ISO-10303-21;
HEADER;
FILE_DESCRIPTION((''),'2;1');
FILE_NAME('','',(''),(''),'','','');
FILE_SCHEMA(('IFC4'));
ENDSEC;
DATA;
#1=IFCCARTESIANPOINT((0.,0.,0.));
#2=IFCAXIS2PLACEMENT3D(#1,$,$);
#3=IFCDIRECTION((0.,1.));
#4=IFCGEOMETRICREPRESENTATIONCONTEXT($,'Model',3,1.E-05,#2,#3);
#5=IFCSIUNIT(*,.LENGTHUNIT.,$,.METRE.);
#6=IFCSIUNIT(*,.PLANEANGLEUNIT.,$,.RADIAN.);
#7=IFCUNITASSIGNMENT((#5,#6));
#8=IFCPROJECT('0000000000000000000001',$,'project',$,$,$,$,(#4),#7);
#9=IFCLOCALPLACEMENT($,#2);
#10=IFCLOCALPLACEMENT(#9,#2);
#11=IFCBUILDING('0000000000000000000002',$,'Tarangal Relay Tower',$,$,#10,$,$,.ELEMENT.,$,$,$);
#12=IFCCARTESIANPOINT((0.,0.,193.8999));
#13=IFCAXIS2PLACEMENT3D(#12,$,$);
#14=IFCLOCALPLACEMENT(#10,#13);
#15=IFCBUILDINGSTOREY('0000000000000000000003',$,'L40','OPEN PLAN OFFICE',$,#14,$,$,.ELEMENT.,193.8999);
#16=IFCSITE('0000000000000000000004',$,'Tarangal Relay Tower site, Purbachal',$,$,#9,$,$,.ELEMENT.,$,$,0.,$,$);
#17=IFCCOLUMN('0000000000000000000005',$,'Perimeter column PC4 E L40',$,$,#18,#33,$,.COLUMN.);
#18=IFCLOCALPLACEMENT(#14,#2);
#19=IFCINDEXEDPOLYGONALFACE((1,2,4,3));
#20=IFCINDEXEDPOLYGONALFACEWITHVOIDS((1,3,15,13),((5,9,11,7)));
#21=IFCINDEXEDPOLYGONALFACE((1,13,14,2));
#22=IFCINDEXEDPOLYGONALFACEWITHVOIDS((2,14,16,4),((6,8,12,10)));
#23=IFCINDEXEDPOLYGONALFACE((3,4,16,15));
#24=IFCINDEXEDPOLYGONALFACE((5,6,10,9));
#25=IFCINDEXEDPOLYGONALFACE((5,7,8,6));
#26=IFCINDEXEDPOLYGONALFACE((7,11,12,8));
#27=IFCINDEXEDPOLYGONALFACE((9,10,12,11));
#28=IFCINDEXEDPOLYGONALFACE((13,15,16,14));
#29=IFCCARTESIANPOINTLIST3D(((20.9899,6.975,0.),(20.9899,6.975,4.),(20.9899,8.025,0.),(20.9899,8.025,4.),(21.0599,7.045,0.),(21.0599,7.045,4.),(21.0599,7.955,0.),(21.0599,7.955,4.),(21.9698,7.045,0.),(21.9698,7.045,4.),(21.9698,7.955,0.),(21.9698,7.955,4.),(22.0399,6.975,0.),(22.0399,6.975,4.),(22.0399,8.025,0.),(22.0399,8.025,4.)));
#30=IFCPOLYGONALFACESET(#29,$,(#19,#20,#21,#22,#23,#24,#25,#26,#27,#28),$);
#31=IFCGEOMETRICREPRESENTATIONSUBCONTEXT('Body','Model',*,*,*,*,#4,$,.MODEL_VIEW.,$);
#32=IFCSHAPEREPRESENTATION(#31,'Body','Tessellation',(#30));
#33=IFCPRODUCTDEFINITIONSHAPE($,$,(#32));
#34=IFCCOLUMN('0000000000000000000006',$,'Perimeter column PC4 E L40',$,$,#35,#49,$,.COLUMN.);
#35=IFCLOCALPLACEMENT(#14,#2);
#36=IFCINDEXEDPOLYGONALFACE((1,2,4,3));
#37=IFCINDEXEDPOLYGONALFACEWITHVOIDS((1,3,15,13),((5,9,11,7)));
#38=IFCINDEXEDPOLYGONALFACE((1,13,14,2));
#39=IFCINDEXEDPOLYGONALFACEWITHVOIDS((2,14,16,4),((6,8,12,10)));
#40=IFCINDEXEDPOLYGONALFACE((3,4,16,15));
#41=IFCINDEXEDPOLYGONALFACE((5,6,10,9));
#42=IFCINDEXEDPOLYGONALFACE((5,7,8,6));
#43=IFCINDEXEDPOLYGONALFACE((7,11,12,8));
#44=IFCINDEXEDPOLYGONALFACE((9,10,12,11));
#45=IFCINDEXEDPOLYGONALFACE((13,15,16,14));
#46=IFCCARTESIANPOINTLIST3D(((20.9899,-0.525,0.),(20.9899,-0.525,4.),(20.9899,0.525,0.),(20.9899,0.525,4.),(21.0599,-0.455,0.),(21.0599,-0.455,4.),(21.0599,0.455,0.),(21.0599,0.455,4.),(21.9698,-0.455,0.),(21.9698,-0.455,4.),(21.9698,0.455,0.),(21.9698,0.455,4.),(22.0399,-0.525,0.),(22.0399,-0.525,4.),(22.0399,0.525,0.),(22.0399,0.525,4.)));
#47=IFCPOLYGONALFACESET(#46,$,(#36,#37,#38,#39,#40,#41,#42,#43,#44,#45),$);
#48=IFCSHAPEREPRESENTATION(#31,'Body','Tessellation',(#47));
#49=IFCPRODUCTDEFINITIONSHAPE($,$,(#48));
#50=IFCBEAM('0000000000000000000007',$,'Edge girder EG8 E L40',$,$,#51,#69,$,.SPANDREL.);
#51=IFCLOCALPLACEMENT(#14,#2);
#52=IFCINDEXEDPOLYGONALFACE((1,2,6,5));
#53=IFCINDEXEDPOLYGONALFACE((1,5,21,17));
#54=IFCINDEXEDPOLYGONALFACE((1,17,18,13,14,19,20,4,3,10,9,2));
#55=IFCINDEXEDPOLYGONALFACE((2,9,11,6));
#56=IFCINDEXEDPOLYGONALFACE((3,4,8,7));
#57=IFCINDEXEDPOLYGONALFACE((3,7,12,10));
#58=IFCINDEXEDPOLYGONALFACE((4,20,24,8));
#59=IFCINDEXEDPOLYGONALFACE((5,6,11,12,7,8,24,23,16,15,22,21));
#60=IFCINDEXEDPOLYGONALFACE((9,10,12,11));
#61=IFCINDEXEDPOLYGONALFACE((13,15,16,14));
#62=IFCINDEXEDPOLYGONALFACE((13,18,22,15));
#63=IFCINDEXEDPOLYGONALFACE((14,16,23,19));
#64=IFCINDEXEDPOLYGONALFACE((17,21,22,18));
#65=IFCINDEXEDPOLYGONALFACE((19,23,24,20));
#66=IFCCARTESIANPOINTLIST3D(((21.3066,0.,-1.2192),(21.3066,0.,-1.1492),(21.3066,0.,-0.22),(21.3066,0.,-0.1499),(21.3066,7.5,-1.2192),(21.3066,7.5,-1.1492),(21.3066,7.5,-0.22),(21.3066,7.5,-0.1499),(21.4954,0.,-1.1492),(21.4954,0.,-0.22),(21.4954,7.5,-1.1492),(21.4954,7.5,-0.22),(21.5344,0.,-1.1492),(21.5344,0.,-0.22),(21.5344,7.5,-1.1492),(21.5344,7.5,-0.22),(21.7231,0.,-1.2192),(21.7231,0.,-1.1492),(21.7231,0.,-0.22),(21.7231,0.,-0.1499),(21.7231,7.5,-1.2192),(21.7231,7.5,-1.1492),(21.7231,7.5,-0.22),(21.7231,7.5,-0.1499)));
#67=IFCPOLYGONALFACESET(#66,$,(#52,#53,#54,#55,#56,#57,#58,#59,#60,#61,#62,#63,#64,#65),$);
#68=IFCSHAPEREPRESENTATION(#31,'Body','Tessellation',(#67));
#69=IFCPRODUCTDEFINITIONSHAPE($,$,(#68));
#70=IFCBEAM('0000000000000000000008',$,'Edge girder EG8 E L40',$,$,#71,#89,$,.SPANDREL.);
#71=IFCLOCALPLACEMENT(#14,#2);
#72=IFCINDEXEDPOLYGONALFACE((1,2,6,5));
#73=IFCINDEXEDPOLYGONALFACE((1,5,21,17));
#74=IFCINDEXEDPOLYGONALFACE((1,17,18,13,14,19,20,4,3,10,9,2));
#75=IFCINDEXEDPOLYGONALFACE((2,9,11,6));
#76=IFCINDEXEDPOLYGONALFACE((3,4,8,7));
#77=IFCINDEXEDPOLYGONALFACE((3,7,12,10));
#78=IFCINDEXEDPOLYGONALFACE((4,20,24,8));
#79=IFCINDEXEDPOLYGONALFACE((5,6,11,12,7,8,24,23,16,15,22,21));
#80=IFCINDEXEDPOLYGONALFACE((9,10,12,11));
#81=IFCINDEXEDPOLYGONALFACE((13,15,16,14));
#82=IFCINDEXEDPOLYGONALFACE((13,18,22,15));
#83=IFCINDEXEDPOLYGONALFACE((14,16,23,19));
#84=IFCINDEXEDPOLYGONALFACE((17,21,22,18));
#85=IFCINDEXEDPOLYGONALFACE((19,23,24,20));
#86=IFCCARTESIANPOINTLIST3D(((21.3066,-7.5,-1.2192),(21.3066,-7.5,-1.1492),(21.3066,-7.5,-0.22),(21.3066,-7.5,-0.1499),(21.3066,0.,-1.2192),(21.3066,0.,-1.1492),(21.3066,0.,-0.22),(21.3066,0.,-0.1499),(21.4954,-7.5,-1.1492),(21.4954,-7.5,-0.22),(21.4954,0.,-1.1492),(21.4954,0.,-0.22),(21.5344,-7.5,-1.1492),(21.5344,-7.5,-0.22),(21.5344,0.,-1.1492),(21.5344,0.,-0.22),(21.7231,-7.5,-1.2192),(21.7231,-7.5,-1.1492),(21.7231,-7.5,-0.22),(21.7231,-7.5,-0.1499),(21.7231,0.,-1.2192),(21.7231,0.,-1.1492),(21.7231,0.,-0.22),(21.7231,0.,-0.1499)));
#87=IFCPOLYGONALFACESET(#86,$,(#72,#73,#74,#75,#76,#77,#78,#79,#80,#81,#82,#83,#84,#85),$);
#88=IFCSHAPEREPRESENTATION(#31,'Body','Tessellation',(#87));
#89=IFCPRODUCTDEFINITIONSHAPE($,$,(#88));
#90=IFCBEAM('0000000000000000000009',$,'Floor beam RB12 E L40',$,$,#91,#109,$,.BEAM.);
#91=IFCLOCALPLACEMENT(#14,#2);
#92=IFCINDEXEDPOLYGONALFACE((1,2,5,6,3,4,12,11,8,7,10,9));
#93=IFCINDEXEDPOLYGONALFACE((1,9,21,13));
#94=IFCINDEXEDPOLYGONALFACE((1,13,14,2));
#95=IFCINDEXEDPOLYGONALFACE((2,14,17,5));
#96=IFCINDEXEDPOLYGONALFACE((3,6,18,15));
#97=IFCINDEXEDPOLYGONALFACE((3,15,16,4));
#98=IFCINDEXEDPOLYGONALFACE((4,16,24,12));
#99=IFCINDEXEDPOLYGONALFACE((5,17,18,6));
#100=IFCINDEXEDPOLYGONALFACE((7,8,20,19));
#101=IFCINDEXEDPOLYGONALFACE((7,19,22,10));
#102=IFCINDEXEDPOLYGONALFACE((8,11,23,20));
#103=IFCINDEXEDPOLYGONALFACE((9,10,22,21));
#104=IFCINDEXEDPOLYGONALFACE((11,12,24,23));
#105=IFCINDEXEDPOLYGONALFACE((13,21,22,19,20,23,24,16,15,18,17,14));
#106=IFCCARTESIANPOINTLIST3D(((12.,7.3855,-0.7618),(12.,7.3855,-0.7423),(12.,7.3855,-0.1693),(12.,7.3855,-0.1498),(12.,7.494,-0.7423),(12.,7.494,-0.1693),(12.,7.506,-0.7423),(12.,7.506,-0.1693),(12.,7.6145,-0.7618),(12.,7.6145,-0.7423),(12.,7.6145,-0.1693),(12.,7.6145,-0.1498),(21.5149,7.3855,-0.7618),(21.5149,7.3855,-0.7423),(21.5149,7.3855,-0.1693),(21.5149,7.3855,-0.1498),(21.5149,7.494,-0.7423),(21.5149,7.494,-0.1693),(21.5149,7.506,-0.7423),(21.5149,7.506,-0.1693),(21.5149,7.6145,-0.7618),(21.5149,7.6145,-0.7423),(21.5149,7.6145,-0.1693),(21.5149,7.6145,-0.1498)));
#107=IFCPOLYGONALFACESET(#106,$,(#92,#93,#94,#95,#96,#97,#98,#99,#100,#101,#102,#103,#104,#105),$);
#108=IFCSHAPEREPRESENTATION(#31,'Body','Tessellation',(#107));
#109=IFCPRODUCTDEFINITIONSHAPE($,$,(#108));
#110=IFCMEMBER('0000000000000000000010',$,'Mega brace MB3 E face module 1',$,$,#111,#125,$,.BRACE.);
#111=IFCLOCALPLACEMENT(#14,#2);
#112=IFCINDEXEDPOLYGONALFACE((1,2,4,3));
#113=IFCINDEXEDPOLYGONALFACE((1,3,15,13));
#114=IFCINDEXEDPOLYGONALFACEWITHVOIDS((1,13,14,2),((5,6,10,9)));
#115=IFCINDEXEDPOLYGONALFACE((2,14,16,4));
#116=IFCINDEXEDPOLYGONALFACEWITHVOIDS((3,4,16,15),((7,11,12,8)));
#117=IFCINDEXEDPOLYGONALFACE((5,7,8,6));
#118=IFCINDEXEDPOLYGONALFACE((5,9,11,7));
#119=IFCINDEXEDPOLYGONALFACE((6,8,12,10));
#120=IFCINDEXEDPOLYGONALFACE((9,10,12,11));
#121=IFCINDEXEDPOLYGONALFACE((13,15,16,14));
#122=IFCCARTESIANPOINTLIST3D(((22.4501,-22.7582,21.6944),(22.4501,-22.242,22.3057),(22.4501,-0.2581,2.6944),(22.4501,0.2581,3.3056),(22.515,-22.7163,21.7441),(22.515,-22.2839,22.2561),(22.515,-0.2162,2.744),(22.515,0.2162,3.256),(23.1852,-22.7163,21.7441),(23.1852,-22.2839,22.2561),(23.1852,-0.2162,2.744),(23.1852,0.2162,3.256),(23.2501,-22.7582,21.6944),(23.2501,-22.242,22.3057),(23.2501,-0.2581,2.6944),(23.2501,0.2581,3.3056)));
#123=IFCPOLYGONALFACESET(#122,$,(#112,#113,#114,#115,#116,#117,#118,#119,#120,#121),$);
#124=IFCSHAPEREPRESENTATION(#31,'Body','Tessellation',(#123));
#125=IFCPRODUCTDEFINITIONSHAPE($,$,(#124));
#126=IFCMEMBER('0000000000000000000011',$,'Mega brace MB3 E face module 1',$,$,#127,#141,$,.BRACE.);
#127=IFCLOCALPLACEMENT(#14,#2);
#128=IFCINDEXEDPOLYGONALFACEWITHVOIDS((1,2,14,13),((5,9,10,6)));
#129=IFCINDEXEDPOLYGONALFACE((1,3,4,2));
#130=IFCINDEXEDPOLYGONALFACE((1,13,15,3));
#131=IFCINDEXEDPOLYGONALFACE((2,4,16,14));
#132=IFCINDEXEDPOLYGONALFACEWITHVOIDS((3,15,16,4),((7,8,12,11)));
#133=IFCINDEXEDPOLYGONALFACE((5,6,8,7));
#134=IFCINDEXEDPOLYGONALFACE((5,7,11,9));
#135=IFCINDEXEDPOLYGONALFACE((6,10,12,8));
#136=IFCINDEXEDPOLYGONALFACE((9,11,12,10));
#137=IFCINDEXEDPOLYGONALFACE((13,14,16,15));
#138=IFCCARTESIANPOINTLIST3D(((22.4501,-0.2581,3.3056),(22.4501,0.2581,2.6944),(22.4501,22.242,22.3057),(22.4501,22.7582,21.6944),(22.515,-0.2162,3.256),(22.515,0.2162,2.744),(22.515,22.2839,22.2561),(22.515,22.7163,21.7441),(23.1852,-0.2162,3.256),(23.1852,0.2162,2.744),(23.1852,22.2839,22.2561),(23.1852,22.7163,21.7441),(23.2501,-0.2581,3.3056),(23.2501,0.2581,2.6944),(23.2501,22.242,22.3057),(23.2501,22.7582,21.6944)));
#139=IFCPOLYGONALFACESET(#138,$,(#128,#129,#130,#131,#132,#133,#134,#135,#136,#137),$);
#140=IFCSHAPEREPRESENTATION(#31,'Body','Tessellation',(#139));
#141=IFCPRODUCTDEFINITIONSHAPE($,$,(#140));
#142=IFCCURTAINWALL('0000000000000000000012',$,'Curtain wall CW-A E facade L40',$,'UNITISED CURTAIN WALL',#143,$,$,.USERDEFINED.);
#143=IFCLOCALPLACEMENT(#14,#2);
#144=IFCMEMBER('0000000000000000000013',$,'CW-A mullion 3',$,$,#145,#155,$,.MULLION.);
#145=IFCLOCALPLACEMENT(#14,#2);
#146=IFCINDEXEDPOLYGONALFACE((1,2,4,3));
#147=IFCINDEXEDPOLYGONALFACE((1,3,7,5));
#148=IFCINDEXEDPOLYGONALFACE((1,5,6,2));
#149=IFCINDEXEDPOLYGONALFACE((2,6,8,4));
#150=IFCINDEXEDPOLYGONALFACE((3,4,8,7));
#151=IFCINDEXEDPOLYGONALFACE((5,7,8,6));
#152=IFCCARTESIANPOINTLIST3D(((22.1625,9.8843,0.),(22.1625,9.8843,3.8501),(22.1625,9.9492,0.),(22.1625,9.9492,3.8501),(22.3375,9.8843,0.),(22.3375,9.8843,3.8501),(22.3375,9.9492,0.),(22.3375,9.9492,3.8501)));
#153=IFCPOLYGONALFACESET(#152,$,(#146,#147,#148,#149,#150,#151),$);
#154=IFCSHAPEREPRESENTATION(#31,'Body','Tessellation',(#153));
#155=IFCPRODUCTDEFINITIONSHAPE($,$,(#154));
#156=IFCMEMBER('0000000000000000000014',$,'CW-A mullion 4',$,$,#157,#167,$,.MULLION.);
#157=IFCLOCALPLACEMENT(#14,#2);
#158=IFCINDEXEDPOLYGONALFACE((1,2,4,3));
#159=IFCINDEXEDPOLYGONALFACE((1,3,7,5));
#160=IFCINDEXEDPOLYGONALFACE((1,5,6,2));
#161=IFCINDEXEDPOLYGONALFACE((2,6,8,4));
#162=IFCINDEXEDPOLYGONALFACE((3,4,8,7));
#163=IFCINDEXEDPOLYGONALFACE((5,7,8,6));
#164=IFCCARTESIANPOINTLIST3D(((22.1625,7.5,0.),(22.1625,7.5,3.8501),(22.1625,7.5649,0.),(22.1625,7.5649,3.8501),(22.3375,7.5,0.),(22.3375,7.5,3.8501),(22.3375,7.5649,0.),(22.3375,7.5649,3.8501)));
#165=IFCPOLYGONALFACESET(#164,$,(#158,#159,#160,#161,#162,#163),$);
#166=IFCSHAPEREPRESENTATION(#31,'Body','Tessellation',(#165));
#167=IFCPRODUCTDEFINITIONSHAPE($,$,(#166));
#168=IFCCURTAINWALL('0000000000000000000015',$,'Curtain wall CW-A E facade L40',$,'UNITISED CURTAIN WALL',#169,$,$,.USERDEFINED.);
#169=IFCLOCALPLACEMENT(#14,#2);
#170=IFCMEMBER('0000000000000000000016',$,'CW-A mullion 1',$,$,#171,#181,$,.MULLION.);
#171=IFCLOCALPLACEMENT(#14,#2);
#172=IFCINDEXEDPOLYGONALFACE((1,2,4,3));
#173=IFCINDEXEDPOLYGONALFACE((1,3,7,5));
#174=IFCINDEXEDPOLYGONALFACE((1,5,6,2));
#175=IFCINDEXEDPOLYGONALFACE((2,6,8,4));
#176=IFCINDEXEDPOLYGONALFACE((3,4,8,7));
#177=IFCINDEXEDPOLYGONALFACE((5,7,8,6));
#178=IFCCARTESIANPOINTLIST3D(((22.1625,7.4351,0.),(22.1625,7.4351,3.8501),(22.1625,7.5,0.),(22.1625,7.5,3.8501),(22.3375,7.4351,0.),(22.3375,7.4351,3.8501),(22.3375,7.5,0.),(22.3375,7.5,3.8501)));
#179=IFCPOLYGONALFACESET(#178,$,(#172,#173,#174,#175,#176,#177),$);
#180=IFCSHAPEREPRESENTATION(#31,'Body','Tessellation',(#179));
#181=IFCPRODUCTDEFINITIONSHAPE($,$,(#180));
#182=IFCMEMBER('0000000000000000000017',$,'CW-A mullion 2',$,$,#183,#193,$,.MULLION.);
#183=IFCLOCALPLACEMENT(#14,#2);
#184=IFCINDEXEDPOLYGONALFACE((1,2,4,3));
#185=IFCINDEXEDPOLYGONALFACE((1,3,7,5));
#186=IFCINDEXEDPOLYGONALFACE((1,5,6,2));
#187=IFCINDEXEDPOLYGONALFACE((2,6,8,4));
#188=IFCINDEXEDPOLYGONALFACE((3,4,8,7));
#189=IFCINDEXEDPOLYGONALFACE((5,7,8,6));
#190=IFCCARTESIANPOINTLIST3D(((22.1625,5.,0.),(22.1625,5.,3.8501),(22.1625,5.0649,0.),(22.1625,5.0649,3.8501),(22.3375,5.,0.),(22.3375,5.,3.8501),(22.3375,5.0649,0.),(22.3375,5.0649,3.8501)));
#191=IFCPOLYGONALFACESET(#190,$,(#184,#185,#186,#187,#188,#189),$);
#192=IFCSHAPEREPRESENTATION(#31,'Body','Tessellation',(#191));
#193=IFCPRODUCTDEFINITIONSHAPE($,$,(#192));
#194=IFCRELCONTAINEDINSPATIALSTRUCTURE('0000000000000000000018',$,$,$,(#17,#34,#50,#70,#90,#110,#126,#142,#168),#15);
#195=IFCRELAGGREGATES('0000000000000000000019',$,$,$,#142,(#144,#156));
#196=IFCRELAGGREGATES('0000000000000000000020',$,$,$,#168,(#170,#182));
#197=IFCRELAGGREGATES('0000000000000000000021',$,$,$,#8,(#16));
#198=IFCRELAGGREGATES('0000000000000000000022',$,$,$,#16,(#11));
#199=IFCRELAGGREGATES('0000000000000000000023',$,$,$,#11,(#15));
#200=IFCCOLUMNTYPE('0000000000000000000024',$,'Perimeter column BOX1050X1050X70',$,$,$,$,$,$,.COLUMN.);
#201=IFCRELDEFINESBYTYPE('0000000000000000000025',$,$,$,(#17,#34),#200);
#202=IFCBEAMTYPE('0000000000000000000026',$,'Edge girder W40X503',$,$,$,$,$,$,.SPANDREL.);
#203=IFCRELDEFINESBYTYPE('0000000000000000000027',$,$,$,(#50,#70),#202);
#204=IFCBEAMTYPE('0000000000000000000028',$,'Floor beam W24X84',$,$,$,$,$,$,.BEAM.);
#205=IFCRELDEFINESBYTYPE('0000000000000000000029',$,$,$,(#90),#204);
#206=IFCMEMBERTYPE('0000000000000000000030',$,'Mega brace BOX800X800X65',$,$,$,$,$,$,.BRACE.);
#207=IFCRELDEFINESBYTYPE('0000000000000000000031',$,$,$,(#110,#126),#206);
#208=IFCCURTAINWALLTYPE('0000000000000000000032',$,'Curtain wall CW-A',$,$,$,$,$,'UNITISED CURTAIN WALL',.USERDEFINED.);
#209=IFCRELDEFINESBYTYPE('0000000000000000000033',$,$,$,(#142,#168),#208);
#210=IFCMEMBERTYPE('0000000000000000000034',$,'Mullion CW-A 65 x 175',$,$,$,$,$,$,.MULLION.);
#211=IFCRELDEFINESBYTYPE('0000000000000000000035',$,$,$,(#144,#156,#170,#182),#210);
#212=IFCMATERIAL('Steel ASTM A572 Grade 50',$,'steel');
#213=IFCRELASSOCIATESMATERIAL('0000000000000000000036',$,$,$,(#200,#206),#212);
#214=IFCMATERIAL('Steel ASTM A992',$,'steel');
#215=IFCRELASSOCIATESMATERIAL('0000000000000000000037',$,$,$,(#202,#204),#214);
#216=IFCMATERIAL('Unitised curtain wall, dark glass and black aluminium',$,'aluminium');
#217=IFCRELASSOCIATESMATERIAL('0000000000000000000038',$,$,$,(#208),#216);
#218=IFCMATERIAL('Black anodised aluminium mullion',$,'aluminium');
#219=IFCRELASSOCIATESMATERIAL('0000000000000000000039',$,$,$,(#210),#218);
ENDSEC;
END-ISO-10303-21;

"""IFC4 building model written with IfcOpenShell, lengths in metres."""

from ifc_helpers import new_model, si_unit, direction, frame, origin, origin_2d, place, context, subcontext, project, spatial, rectangle, hollow_rectangle, i_section, extrude, material, material_profile, profile_set, type_object, element, aggregate, save


model = new_model("IFC4")

# Units and contexts
model_context = context("Model", 3, precision=1e-05, world=origin(), true_north=direction((0.0, 1.0)))
body_context = subcontext(model_context, "Body", "Model", "MODEL_VIEW")
ifc_project = project(units=[si_unit("LENGTHUNIT", "METRE"), si_unit("PLANEANGLEUNIT", "RADIAN")], contexts=[model_context])

# Site, building, storey
site_placement = place(None, origin())
site = spatial("IfcSite", under=ifc_project, at=site_placement, Name="Tarangal Relay Tower site, Purbachal", CompositionType="ELEMENT", RefElevation=0.0)
building_placement = place(site_placement, origin())
building = spatial("IfcBuilding", under=site, at=building_placement, Name="Tarangal Relay Tower", CompositionType="ELEMENT")
storey_placement = place(building_placement, frame((0.0, 0.0, 193.8999)))
storey = spatial("IfcBuildingStorey", under=building, at=storey_placement, Name="L40", Description="OPEN PLAN OFFICE", CompositionType="ELEMENT", Elevation=193.8999)

# Columns
ifc_material_1 = material(Name="Steel ASTM A572 Grade 50", Category="steel")
ifc_material_profile_1 = material_profile(ifc_material_1, hollow_rectangle(XDim=1.05, YDim=1.05, WallThickness=0.0701, at=origin_2d()), Name="BOX1050X1050X70")
ifc_profile_set_1 = profile_set([ifc_material_profile_1], Name="Steel ASTM A572 Grade 50")
column_type = type_object("IfcColumnType", Name="Perimeter column BOX1050X1050X70", PredefinedType="COLUMN", material=ifc_profile_set_1)
for number, where, z_axis, x_axis, name in (
    (1, (21.5149, 7.5, 0.0), (0.0, 0.0, 1.0), (1.0, 0.0, 0.0), "Perimeter column PC4 E L40"),
    (2, (21.5149, 0.0, 0.0), (0.0, 0.0, 1.0), (1.0, 0.0, 0.0), "Perimeter column PC4 E L40"),
):
    element("IfcColumn", number, at=place(storey_placement, frame(where, z_axis=z_axis, x_axis=x_axis)), inside=storey, type_object=column_type, Name=name, PredefinedType="COLUMN", context=body_context, shape_type="SweptSolid", body=[
        extrude(hollow_rectangle(XDim=1.05, YDim=1.05, WallThickness=0.0701, at=origin_2d()), origin(), (0.0, 0.0, 1.0), 4.0),
    ])

# Beams
ifc_material_2 = material(Name="Steel ASTM A992", Category="steel")
ifc_material_profile_2 = material_profile(ifc_material_2, i_section(OverallWidth=0.4165, OverallDepth=1.0693, WebThickness=0.0391, FlangeThickness=0.0701, at=origin_2d()), Name="W40X503")
ifc_profile_set_2 = profile_set([ifc_material_profile_2], Name="Steel ASTM A992")
beam_type_1 = type_object("IfcBeamType", Name="Edge girder W40X503", PredefinedType="SPANDREL", material=ifc_profile_set_2)
for number, where, z_axis, x_axis, name in (
    (3, (21.5149, 7.5, -0.6846), (0.0, -1.0, 0.0), (1.0, 0.0, 0.0), "Edge girder EG8 E L40"),
    (4, (21.5149, 0.0, -0.6846), (0.0, -1.0, 0.0), (1.0, 0.0, 0.0), "Edge girder EG8 E L40"),
):
    element("IfcBeam", number, at=place(storey_placement, frame(where, z_axis=z_axis, x_axis=x_axis)), inside=storey, type_object=beam_type_1, Name=name, PredefinedType="SPANDREL", context=body_context, shape_type="SweptSolid", body=[
        extrude(i_section(OverallWidth=0.4165, OverallDepth=1.0693, WebThickness=0.0391, FlangeThickness=0.0701, at=origin_2d()), origin(), (0.0, 0.0, 1.0), 7.5),
    ])
ifc_material_profile_3 = material_profile(ifc_material_2, i_section(OverallWidth=0.229, OverallDepth=0.6121, WebThickness=0.012, FlangeThickness=0.0195, at=origin_2d()), Name="W24X84")
ifc_profile_set_3 = profile_set([ifc_material_profile_3], Name="Steel ASTM A992")
beam_type_2 = type_object("IfcBeamType", Name="Floor beam W24X84", PredefinedType="BEAM", material=ifc_profile_set_3)
beam_placement = place(storey_placement, frame((12.0, 7.5, -0.4558), z_axis=(1.0, 0.0, 0.0), x_axis=(0.0, 1.0, 0.0)))
element("IfcBeam", 5, at=beam_placement, inside=storey, type_object=beam_type_2, Name="Floor beam RB12 E L40", PredefinedType="BEAM", context=body_context, shape_type="SweptSolid", body=[
    extrude(i_section(OverallWidth=0.229, OverallDepth=0.6121, WebThickness=0.012, FlangeThickness=0.0195, at=origin_2d()), origin(), (0.0, 0.0, 1.0), 9.5149),
])

# Members
ifc_material_profile_4 = material_profile(ifc_material_1, hollow_rectangle(XDim=0.8, YDim=0.8, WallThickness=0.0649, at=origin_2d()), Name="BOX800X800X65")
ifc_profile_set_4 = profile_set([ifc_material_profile_4], Name="Steel ASTM A572 Grade 50")
member_type_1 = type_object("IfcMemberType", Name="Mega brace BOX800X800X65", PredefinedType="BRACE", material=ifc_profile_set_4)
for number, where, z_axis, x_axis, name in (
    (6, (22.8501, 0.0, 3.0), (0.0, -0.76403, 0.645181), (1.0, 0.0, 0.0), "Mega brace MB3 E face module 1"),
    (7, (22.8501, 0.0, 3.0), (0.0, 0.76403, 0.645181), (-1.0, 0.0, 0.0), "Mega brace MB3 E face module 1"),
):
    element("IfcMember", number, at=place(storey_placement, frame(where, z_axis=z_axis, x_axis=x_axis)), inside=storey, type_object=member_type_1, Name=name, PredefinedType="BRACE", context=body_context, shape_type="SweptSolid", body=[
        extrude(hollow_rectangle(XDim=0.8, YDim=0.8, WallThickness=0.0649, at=origin_2d()), origin(), (0.0, 0.0, 1.0), 29.4492),
    ])

# Curtain walls, members
ifc_material_3 = material(Name="Unitised curtain wall, dark glass and black aluminium", Category="aluminium")
curtain_wall_type_1 = type_object("IfcCurtainWallType", Name="Curtain wall CW-A", ElementType="UNITISED CURTAIN WALL", PredefinedType="USERDEFINED", material=ifc_material_3)
curtain_wall_1_placement = place(storey_placement, origin())
curtain_wall_1 = element("IfcCurtainWall", 8, at=curtain_wall_1_placement, inside=storey, type_object=curtain_wall_type_1, Name="Curtain wall CW-A E facade L40", ObjectType="UNITISED CURTAIN WALL", PredefinedType="USERDEFINED")
ifc_material_4 = material(Name="Black anodised aluminium mullion", Category="aluminium")
ifc_material_profile_5 = material_profile(ifc_material_4, rectangle(XDim=0.175, YDim=0.0649, at=origin_2d()), Name="CW-AM 65X175")
ifc_profile_set_5 = profile_set([ifc_material_profile_5], Name="Black anodised aluminium mullion")
member_type_2 = type_object("IfcMemberType", Name="Mullion CW-A 65 x 175", PredefinedType="MULLION", material=ifc_profile_set_5)
member_1_placement = place(storey_placement, frame((22.25, 9.9167, 0.0), z_axis=(0.0, 0.0, 1.0), x_axis=(1.0, 0.0, 0.0)))
member_1 = element("IfcMember", 9, at=member_1_placement, type_object=member_type_2, Name="CW-A mullion 3", PredefinedType="MULLION", context=body_context, shape_type="SweptSolid", body=[
    extrude(rectangle(XDim=0.175, YDim=0.0649, at=origin_2d()), origin(), (0.0, 0.0, 1.0), 3.8501),
])
member_2_placement = place(storey_placement, frame((22.25, 7.5325, 0.0), z_axis=(0.0, 0.0, 1.0), x_axis=(1.0, 0.0, 0.0)))
member_2 = element("IfcMember", 10, at=member_2_placement, type_object=member_type_2, Name="CW-A mullion 4", PredefinedType="MULLION", context=body_context, shape_type="SweptSolid", body=[
    extrude(rectangle(XDim=0.175, YDim=0.0649, at=origin_2d()), origin(), (0.0, 0.0, 1.0), 3.8501),
])
curtain_wall_2_placement = place(storey_placement, origin())
curtain_wall_2 = element("IfcCurtainWall", 11, at=curtain_wall_2_placement, inside=storey, type_object=curtain_wall_type_1, Name="Curtain wall CW-A E facade L40", ObjectType="UNITISED CURTAIN WALL", PredefinedType="USERDEFINED")
member_3_placement = place(storey_placement, frame((22.25, 7.4675, 0.0), z_axis=(0.0, 0.0, 1.0), x_axis=(1.0, 0.0, 0.0)))
member_3 = element("IfcMember", 12, at=member_3_placement, type_object=member_type_2, Name="CW-A mullion 1", PredefinedType="MULLION", context=body_context, shape_type="SweptSolid", body=[
    extrude(rectangle(XDim=0.175, YDim=0.0649, at=origin_2d()), origin(), (0.0, 0.0, 1.0), 3.8501),
])
member_4_placement = place(storey_placement, frame((22.25, 5.0325, 0.0), z_axis=(0.0, 0.0, 1.0), x_axis=(1.0, 0.0, 0.0)))
member_4 = element("IfcMember", 13, at=member_4_placement, type_object=member_type_2, Name="CW-A mullion 2", PredefinedType="MULLION", context=body_context, shape_type="SweptSolid", body=[
    extrude(rectangle(XDim=0.175, YDim=0.0649, at=origin_2d()), origin(), (0.0, 0.0, 1.0), 3.8501),
])

aggregate(curtain_wall_1, [member_1, member_2])
aggregate(curtain_wall_2, [member_3, member_4])

save(model, "model.ifc")
